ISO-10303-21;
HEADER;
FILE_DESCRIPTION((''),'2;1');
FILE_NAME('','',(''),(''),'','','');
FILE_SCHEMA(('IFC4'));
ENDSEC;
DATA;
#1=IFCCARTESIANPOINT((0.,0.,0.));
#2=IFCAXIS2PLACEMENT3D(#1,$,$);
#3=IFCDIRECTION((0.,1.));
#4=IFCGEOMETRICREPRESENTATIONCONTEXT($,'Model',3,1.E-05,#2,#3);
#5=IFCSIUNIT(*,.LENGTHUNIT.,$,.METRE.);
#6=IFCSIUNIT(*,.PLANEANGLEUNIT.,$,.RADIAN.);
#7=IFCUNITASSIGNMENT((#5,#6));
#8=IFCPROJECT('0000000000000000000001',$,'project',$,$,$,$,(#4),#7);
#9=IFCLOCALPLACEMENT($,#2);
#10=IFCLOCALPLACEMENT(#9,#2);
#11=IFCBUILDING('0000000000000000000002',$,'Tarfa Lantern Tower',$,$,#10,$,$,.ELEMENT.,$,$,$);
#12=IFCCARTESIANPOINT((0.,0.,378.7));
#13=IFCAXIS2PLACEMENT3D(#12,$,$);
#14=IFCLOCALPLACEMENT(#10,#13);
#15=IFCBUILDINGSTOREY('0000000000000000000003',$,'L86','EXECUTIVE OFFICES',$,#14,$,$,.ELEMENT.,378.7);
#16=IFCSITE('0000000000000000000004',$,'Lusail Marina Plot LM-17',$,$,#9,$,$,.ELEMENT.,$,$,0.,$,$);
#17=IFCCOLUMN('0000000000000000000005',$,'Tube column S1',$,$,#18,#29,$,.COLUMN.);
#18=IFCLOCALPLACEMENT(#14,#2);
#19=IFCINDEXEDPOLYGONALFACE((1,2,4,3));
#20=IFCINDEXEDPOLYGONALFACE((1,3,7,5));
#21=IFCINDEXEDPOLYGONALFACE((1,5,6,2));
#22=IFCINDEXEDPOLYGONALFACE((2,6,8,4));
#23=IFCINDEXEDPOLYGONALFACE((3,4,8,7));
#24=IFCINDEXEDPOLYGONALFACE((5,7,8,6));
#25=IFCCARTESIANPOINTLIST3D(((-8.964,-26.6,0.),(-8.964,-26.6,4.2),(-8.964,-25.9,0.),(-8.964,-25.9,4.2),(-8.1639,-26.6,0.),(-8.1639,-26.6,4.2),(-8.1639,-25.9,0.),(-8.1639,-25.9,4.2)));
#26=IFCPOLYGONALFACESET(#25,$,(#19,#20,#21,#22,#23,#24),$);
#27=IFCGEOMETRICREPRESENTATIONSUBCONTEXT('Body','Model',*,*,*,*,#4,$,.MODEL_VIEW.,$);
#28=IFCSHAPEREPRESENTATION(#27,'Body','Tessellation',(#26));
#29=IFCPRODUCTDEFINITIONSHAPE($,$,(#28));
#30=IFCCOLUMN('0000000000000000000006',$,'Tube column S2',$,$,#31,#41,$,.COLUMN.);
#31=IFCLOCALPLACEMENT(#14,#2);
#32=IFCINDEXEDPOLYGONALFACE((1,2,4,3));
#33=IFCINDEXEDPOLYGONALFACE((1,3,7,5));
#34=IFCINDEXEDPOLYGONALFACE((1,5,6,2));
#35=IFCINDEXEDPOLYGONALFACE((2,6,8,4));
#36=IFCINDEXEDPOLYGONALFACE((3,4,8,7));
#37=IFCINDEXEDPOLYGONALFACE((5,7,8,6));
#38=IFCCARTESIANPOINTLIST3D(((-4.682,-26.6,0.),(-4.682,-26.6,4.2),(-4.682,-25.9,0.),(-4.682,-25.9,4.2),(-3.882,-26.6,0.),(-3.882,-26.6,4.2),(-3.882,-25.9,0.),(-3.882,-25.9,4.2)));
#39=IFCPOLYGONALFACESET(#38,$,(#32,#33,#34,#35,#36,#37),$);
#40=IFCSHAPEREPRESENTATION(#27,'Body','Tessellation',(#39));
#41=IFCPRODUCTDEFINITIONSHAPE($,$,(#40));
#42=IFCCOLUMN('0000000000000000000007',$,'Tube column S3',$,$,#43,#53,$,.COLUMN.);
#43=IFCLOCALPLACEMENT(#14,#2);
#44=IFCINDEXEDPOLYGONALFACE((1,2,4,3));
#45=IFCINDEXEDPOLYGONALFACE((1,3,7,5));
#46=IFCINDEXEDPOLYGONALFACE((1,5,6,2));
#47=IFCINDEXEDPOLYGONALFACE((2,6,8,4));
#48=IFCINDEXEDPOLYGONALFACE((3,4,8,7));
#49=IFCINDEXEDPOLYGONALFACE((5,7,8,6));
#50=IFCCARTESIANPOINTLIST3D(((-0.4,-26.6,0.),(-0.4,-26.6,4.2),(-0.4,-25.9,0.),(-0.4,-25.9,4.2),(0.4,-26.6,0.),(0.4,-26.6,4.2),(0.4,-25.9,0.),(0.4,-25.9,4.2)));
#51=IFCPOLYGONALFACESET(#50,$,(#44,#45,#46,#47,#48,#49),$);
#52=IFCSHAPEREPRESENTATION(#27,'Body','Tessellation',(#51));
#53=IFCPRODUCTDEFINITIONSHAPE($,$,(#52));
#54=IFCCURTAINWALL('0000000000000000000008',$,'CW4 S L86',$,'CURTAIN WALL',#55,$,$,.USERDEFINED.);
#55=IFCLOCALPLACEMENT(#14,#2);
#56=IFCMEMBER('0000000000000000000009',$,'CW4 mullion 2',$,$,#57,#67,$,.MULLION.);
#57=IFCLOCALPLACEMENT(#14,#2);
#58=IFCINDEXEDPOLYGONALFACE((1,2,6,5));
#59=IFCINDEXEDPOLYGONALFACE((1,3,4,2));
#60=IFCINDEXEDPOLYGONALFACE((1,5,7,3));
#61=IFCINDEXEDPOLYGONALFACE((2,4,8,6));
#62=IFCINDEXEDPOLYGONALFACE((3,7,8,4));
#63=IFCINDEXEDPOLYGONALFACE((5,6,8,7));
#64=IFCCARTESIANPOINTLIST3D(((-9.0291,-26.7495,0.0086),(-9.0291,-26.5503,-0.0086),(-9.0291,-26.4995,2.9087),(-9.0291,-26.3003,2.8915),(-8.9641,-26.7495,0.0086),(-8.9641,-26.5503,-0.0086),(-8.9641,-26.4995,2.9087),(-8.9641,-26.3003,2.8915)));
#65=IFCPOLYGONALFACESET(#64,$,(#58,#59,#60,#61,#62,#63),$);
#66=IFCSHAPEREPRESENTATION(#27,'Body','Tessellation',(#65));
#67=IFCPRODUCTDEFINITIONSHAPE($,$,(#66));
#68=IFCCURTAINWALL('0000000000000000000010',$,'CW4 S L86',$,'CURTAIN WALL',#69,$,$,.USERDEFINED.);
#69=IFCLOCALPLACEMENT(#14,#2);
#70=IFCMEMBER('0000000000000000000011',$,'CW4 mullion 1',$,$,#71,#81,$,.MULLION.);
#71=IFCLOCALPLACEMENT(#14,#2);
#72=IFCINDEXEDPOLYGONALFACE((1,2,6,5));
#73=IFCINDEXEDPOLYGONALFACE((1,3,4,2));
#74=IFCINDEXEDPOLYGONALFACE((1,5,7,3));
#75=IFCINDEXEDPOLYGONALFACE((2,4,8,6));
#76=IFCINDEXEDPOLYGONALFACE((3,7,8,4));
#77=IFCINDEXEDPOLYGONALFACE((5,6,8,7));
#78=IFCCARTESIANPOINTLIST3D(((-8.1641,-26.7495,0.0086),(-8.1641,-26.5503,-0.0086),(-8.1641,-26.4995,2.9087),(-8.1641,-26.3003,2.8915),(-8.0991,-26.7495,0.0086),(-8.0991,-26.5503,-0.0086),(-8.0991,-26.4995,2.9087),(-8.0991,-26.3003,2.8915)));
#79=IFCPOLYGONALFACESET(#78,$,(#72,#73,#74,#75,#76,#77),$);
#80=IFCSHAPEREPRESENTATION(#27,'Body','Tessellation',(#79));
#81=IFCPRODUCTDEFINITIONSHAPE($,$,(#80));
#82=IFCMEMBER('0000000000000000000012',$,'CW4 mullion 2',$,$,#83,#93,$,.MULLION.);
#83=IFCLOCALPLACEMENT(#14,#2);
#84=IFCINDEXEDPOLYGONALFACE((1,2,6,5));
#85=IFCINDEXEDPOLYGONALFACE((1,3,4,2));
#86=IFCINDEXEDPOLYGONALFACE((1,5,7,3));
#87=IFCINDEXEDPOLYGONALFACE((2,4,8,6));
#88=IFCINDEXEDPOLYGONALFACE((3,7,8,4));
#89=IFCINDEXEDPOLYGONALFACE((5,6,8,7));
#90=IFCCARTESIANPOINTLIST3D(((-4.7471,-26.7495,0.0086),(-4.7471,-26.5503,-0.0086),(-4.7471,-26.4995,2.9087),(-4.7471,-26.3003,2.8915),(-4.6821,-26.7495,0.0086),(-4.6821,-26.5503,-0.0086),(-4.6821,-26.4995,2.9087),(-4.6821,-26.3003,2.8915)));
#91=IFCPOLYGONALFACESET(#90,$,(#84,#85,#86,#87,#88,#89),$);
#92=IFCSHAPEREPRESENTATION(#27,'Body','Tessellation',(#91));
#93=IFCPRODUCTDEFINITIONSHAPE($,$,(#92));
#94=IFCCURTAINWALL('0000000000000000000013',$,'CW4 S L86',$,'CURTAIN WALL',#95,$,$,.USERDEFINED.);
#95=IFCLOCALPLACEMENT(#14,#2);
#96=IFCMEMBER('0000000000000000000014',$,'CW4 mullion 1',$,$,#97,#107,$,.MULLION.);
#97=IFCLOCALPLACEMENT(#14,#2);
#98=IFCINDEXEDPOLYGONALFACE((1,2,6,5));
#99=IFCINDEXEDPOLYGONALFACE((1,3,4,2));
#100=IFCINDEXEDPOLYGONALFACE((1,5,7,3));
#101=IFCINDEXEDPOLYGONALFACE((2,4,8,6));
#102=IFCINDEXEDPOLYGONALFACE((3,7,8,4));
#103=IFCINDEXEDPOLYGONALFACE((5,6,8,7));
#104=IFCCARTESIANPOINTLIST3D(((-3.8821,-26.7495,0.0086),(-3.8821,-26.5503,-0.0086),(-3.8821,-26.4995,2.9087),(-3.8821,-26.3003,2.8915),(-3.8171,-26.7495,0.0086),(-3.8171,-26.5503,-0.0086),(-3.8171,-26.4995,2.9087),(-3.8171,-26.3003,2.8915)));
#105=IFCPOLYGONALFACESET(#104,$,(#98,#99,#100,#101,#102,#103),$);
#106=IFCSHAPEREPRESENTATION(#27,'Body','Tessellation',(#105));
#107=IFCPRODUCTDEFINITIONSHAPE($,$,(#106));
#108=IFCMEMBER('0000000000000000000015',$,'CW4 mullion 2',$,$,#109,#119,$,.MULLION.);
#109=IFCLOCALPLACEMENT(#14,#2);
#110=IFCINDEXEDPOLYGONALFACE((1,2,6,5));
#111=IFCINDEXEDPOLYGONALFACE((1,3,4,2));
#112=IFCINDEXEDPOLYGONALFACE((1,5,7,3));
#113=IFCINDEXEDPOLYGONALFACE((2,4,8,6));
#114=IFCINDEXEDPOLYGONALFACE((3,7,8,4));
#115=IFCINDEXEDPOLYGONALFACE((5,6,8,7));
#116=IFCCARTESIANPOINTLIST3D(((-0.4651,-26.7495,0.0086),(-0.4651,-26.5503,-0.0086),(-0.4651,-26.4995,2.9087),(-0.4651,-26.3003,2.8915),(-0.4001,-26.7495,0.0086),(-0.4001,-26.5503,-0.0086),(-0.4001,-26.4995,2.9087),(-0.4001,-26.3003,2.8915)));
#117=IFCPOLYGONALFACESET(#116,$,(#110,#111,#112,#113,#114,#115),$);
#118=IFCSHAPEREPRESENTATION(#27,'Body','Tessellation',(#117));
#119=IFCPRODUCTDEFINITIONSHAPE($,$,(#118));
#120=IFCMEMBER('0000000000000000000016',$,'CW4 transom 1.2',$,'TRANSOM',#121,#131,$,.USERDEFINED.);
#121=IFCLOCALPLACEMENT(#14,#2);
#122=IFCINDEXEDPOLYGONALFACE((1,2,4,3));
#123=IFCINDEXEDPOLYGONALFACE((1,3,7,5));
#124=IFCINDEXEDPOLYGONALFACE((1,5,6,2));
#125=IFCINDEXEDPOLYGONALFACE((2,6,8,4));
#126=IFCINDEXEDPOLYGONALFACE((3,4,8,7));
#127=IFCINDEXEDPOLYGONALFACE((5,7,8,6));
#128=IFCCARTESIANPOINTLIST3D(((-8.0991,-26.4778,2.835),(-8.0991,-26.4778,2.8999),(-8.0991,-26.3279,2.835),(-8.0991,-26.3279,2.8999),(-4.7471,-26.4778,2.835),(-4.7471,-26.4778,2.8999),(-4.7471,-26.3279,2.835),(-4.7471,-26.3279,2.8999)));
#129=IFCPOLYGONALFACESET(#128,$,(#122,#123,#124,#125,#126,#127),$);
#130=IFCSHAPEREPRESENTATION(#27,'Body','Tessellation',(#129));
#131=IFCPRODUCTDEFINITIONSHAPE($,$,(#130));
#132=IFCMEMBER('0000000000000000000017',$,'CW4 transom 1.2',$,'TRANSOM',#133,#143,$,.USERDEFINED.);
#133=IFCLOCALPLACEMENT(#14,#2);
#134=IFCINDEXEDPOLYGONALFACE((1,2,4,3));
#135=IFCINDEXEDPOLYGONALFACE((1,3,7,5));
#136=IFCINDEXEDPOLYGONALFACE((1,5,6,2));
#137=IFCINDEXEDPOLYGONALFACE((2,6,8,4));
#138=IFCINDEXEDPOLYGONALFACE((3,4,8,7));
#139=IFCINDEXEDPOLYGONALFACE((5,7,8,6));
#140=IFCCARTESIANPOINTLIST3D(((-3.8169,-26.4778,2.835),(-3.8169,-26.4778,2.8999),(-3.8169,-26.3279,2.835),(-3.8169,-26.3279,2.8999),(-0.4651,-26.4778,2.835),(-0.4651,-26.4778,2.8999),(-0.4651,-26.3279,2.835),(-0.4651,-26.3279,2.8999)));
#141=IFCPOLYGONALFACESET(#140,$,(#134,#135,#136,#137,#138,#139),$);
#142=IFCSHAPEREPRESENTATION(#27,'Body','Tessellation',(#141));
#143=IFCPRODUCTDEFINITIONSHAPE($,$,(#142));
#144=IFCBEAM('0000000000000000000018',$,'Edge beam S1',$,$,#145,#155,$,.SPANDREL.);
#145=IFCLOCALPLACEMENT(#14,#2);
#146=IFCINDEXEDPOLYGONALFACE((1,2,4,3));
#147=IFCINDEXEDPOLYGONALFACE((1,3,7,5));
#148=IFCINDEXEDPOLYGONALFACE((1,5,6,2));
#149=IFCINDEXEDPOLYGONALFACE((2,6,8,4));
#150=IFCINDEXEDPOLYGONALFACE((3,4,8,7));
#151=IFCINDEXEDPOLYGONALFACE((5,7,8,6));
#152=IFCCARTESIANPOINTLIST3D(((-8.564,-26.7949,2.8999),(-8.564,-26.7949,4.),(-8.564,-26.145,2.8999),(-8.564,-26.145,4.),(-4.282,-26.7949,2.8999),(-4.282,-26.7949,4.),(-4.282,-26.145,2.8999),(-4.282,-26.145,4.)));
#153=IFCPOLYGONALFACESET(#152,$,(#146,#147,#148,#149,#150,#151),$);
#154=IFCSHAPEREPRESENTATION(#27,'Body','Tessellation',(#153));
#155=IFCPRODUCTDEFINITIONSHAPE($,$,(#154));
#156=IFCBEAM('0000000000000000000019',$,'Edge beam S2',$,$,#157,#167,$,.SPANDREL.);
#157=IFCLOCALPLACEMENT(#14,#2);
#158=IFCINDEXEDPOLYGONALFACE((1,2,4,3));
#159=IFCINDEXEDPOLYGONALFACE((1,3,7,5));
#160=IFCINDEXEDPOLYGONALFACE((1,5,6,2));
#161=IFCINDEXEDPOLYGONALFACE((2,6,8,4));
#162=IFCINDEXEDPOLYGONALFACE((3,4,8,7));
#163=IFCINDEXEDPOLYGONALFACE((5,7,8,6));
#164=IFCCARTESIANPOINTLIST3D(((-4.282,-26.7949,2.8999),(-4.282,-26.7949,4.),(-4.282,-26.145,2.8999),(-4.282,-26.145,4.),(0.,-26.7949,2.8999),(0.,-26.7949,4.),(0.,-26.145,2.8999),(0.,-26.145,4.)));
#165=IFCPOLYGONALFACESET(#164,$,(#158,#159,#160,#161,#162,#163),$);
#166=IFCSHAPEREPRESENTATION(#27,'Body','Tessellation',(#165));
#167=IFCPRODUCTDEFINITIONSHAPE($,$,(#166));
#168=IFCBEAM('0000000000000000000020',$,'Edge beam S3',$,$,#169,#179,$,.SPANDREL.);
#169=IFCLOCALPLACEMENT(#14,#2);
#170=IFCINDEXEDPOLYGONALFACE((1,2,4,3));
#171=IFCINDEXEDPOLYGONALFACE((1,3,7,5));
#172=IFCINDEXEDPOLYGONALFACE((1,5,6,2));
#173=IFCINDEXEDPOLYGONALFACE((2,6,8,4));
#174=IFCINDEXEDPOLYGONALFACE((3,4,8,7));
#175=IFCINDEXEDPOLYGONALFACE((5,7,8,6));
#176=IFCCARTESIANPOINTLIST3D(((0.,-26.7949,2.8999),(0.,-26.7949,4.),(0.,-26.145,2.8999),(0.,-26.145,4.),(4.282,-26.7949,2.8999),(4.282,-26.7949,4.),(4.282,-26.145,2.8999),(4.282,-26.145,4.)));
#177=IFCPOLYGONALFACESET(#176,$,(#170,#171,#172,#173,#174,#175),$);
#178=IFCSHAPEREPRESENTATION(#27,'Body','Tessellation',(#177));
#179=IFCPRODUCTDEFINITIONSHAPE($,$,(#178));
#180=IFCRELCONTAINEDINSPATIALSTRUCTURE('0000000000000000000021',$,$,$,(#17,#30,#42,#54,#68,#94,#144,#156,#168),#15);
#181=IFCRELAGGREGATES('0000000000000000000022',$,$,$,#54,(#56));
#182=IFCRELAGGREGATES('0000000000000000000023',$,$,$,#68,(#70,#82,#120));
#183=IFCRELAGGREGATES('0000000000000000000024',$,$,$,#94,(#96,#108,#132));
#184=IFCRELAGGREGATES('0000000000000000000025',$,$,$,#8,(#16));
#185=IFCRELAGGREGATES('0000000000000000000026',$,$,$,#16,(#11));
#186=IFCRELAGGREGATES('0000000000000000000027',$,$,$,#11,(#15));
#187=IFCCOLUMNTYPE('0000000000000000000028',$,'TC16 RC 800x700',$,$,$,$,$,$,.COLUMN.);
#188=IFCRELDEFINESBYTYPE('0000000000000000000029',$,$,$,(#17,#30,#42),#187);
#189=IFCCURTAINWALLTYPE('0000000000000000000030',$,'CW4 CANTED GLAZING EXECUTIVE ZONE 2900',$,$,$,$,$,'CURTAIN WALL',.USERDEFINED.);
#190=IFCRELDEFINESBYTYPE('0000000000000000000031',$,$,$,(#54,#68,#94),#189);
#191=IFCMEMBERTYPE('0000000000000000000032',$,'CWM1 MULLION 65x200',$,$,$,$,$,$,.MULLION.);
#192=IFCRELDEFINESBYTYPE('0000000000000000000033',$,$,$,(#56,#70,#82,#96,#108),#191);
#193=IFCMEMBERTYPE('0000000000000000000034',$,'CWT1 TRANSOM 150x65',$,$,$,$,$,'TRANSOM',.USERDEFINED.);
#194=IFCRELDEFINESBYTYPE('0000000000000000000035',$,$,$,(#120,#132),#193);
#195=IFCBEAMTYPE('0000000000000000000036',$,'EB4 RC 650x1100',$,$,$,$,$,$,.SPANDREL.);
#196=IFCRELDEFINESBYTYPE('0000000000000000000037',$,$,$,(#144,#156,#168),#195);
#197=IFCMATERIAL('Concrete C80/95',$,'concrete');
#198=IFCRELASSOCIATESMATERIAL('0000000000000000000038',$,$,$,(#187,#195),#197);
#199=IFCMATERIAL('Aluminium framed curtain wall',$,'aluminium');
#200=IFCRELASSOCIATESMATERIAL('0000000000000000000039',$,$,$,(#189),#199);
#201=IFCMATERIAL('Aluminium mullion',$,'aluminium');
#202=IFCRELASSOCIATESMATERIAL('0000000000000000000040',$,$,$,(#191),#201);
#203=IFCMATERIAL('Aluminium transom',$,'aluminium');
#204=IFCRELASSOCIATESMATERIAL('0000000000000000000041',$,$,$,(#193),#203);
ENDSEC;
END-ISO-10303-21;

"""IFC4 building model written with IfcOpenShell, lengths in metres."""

from ifc_helpers import new_model, si_unit, direction, frame, origin, origin_2d, place, context, subcontext, project, spatial, rectangle, extrude, material, material_profile, profile_set, type_object, element, aggregate, save


model = new_model("IFC4")

# Units and contexts
model_context = context("Model", 3, precision=1e-05, world=origin(), true_north=direction((0.0, 1.0)))
body_context = subcontext(model_context, "Body", "Model", "MODEL_VIEW")
ifc_project = project(units=[si_unit("LENGTHUNIT", "METRE"), si_unit("PLANEANGLEUNIT", "RADIAN")], contexts=[model_context])

# Site, building, storey
site_placement = place(None, origin())
site = spatial("IfcSite", under=ifc_project, at=site_placement, Name="Lusail Marina Plot LM-17", CompositionType="ELEMENT", RefElevation=0.0)
building_placement = place(site_placement, origin())
building = spatial("IfcBuilding", under=site, at=building_placement, Name="Tarfa Lantern Tower", CompositionType="ELEMENT")
storey_placement = place(building_placement, frame((0.0, 0.0, 378.7)))
storey = spatial("IfcBuildingStorey", under=building, at=storey_placement, Name="L86", Description="EXECUTIVE OFFICES", CompositionType="ELEMENT", Elevation=378.7)

# Columns
ifc_material_1 = material(Name="Concrete C80/95", Category="concrete")
ifc_material_profile_1 = material_profile(ifc_material_1, rectangle(XDim=0.8, YDim=0.7, at=origin_2d()), Name="RC 800x700")
ifc_profile_set_1 = profile_set([ifc_material_profile_1], Name="Concrete C80/95")
column_type = type_object("IfcColumnType", Name="TC16 RC 800x700", PredefinedType="COLUMN", material=ifc_profile_set_1)
for number, where, z_axis, x_axis, name in (
    (1, (-8.564, -26.25, 0.0), (0.0, 0.0, 1.0), (1.0, 0.0, 0.0), "Tube column S1"),
    (2, (-4.282, -26.25, 0.0), (0.0, 0.0, 1.0), (1.0, 0.0, 0.0), "Tube column S2"),
    (3, (0.0, -26.25, 0.0), (0.0, 0.0, 1.0), (1.0, 0.0, 0.0), "Tube column S3"),
):
    element("IfcColumn", number, at=place(storey_placement, frame(where, z_axis=z_axis, x_axis=x_axis)), inside=storey, type_object=column_type, Name=name, PredefinedType="COLUMN", context=body_context, shape_type="SweptSolid", body=[
        extrude(rectangle(XDim=0.8, YDim=0.7, at=origin_2d()), origin(), (0.0, 0.0, 1.0), 4.2),
    ])

# Curtain wall, member
ifc_material_2 = material(Name="Aluminium framed curtain wall", Category="aluminium")
curtain_wall_type = type_object("IfcCurtainWallType", Name="CW4 CANTED GLAZING EXECUTIVE ZONE 2900", ElementType="CURTAIN WALL", PredefinedType="USERDEFINED", material=ifc_material_2)
curtain_wall_1_placement = place(storey_placement, origin())
curtain_wall_1 = element("IfcCurtainWall", 4, at=curtain_wall_1_placement, inside=storey, type_object=curtain_wall_type, Name="CW4 S L86", ObjectType="CURTAIN WALL", PredefinedType="USERDEFINED")
ifc_material_3 = material(Name="Aluminium mullion", Category="aluminium")
ifc_material_profile_2 = material_profile(ifc_material_3, rectangle(XDim=0.0649, YDim=0.2, at=origin_2d()), Name="AL MULLION 65x200")
ifc_profile_set_2 = profile_set([ifc_material_profile_2], Name="Aluminium mullion")
member_type_1 = type_object("IfcMemberType", Name="CWM1 MULLION 65x200", PredefinedType="MULLION", material=ifc_profile_set_2)
member_1_placement = place(storey_placement, frame((-8.9966, -26.6499, 0.0), z_axis=(0.0, 0.085884, 0.996305), x_axis=(-1.0, 0.0, 0.0)))
member_1 = element("IfcMember", 5, at=member_1_placement, type_object=member_type_1, Name="CW4 mullion 2", PredefinedType="MULLION", context=body_context, shape_type="SweptSolid", body=[
    extrude(rectangle(XDim=0.0649, YDim=0.2, at=origin_2d()), origin(), (0.0, 0.0, 1.0), 2.9109),
])
aggregate(curtain_wall_1, [member_1])

# Curtain walls, members
curtain_wall_2_placement = place(storey_placement, origin())
curtain_wall_2 = element("IfcCurtainWall", 6, at=curtain_wall_2_placement, inside=storey, type_object=curtain_wall_type, Name="CW4 S L86", ObjectType="CURTAIN WALL", PredefinedType="USERDEFINED")
member_2_placement = place(storey_placement, frame((-8.1316, -26.6499, 0.0), z_axis=(0.0, 0.085884, 0.996305), x_axis=(-1.0, 0.0, 0.0)))
member_2 = element("IfcMember", 7, at=member_2_placement, type_object=member_type_1, Name="CW4 mullion 1", PredefinedType="MULLION", context=body_context, shape_type="SweptSolid", body=[
    extrude(rectangle(XDim=0.0649, YDim=0.2, at=origin_2d()), origin(), (0.0, 0.0, 1.0), 2.9109),
])
member_3_placement = place(storey_placement, frame((-4.7146, -26.6499, 0.0), z_axis=(0.0, 0.085884, 0.996305), x_axis=(-1.0, 0.0, 0.0)))
member_3 = element("IfcMember", 8, at=member_3_placement, type_object=member_type_1, Name="CW4 mullion 2", PredefinedType="MULLION", context=body_context, shape_type="SweptSolid", body=[
    extrude(rectangle(XDim=0.0649, YDim=0.2, at=origin_2d()), origin(), (0.0, 0.0, 1.0), 2.9109),
])
curtain_wall_3_placement = place(storey_placement, origin())
curtain_wall_3 = element("IfcCurtainWall", 9, at=curtain_wall_3_placement, inside=storey, type_object=curtain_wall_type, Name="CW4 S L86", ObjectType="CURTAIN WALL", PredefinedType="USERDEFINED")
member_4_placement = place(storey_placement, frame((-3.8496, -26.6499, 0.0), z_axis=(0.0, 0.085884, 0.996305), x_axis=(-1.0, 0.0, 0.0)))
member_4 = element("IfcMember", 10, at=member_4_placement, type_object=member_type_1, Name="CW4 mullion 1", PredefinedType="MULLION", context=body_context, shape_type="SweptSolid", body=[
    extrude(rectangle(XDim=0.0649, YDim=0.2, at=origin_2d()), origin(), (0.0, 0.0, 1.0), 2.9109),
])
member_5_placement = place(storey_placement, frame((-0.4326, -26.6499, 0.0), z_axis=(0.0, 0.085884, 0.996305), x_axis=(-1.0, 0.0, 0.0)))
member_5 = element("IfcMember", 11, at=member_5_placement, type_object=member_type_1, Name="CW4 mullion 2", PredefinedType="MULLION", context=body_context, shape_type="SweptSolid", body=[
    extrude(rectangle(XDim=0.0649, YDim=0.2, at=origin_2d()), origin(), (0.0, 0.0, 1.0), 2.9109),
])

# Members
ifc_material_4 = material(Name="Aluminium transom", Category="aluminium")
ifc_material_profile_3 = material_profile(ifc_material_4, rectangle(XDim=0.1499, YDim=0.0649, at=origin_2d()), Name="AL TRANSOM 150x65")
ifc_profile_set_3 = profile_set([ifc_material_profile_3], Name="Aluminium transom")
member_type_2 = type_object("IfcMemberType", Name="CWT1 TRANSOM 150x65", ElementType="TRANSOM", PredefinedType="USERDEFINED", material=ifc_profile_set_3)
member_6_placement = place(storey_placement, frame((-8.0991, -26.4028, 2.8674), z_axis=(1.0, 0.0, 0.0), x_axis=(0.0, 1.0, 0.0)))
member_6 = element("IfcMember", 12, at=member_6_placement, type_object=member_type_2, Name="CW4 transom 1.2", ObjectType="TRANSOM", PredefinedType="USERDEFINED", context=body_context, shape_type="SweptSolid", body=[
    extrude(rectangle(XDim=0.1499, YDim=0.0649, at=origin_2d()), origin(), (0.0, 0.0, 1.0), 3.3521),
])
member_7_placement = place(storey_placement, frame((-3.8169, -26.4028, 2.8674), z_axis=(1.0, 0.0, 0.0), x_axis=(0.0, 1.0, 0.0)))
member_7 = element("IfcMember", 13, at=member_7_placement, type_object=member_type_2, Name="CW4 transom 1.2", ObjectType="TRANSOM", PredefinedType="USERDEFINED", context=body_context, shape_type="SweptSolid", body=[
    extrude(rectangle(XDim=0.1499, YDim=0.0649, at=origin_2d()), origin(), (0.0, 0.0, 1.0), 3.3518),
])

# Beams
ifc_material_profile_4 = material_profile(ifc_material_1, rectangle(XDim=0.6499, YDim=1.1001, at=origin_2d()), Name="RC 650x1100")
ifc_profile_set_4 = profile_set([ifc_material_profile_4], Name="Concrete C80/95")
beam_type_1 = type_object("IfcBeamType", Name="EB4 RC 650x1100", PredefinedType="SPANDREL", material=ifc_profile_set_4)
for number, where, z_axis, x_axis, name in (
    (14, (-8.564, -26.47, 3.45), (1.0, 0.0, 0.0), (0.0, 1.0, 0.0), "Edge beam S1"),
    (15, (-4.282, -26.47, 3.45), (1.0, 0.0, 0.0), (0.0, 1.0, 0.0), "Edge beam S2"),
    (16, (0.0, -26.47, 3.45), (1.0, 0.0, 0.0), (0.0, 1.0, 0.0), "Edge beam S3"),
):
    element("IfcBeam", number, at=place(storey_placement, frame(where, z_axis=z_axis, x_axis=x_axis)), inside=storey, type_object=beam_type_1, Name=name, PredefinedType="SPANDREL", context=body_context, shape_type="SweptSolid", body=[
        extrude(rectangle(XDim=0.6499, YDim=1.1001, at=origin_2d()), origin(), (0.0, 0.0, 1.0), 4.282),
    ])

aggregate(curtain_wall_2, [member_2, member_3, member_6])
aggregate(curtain_wall_3, [member_4, member_5, member_7])

save(model, "model.ifc")
